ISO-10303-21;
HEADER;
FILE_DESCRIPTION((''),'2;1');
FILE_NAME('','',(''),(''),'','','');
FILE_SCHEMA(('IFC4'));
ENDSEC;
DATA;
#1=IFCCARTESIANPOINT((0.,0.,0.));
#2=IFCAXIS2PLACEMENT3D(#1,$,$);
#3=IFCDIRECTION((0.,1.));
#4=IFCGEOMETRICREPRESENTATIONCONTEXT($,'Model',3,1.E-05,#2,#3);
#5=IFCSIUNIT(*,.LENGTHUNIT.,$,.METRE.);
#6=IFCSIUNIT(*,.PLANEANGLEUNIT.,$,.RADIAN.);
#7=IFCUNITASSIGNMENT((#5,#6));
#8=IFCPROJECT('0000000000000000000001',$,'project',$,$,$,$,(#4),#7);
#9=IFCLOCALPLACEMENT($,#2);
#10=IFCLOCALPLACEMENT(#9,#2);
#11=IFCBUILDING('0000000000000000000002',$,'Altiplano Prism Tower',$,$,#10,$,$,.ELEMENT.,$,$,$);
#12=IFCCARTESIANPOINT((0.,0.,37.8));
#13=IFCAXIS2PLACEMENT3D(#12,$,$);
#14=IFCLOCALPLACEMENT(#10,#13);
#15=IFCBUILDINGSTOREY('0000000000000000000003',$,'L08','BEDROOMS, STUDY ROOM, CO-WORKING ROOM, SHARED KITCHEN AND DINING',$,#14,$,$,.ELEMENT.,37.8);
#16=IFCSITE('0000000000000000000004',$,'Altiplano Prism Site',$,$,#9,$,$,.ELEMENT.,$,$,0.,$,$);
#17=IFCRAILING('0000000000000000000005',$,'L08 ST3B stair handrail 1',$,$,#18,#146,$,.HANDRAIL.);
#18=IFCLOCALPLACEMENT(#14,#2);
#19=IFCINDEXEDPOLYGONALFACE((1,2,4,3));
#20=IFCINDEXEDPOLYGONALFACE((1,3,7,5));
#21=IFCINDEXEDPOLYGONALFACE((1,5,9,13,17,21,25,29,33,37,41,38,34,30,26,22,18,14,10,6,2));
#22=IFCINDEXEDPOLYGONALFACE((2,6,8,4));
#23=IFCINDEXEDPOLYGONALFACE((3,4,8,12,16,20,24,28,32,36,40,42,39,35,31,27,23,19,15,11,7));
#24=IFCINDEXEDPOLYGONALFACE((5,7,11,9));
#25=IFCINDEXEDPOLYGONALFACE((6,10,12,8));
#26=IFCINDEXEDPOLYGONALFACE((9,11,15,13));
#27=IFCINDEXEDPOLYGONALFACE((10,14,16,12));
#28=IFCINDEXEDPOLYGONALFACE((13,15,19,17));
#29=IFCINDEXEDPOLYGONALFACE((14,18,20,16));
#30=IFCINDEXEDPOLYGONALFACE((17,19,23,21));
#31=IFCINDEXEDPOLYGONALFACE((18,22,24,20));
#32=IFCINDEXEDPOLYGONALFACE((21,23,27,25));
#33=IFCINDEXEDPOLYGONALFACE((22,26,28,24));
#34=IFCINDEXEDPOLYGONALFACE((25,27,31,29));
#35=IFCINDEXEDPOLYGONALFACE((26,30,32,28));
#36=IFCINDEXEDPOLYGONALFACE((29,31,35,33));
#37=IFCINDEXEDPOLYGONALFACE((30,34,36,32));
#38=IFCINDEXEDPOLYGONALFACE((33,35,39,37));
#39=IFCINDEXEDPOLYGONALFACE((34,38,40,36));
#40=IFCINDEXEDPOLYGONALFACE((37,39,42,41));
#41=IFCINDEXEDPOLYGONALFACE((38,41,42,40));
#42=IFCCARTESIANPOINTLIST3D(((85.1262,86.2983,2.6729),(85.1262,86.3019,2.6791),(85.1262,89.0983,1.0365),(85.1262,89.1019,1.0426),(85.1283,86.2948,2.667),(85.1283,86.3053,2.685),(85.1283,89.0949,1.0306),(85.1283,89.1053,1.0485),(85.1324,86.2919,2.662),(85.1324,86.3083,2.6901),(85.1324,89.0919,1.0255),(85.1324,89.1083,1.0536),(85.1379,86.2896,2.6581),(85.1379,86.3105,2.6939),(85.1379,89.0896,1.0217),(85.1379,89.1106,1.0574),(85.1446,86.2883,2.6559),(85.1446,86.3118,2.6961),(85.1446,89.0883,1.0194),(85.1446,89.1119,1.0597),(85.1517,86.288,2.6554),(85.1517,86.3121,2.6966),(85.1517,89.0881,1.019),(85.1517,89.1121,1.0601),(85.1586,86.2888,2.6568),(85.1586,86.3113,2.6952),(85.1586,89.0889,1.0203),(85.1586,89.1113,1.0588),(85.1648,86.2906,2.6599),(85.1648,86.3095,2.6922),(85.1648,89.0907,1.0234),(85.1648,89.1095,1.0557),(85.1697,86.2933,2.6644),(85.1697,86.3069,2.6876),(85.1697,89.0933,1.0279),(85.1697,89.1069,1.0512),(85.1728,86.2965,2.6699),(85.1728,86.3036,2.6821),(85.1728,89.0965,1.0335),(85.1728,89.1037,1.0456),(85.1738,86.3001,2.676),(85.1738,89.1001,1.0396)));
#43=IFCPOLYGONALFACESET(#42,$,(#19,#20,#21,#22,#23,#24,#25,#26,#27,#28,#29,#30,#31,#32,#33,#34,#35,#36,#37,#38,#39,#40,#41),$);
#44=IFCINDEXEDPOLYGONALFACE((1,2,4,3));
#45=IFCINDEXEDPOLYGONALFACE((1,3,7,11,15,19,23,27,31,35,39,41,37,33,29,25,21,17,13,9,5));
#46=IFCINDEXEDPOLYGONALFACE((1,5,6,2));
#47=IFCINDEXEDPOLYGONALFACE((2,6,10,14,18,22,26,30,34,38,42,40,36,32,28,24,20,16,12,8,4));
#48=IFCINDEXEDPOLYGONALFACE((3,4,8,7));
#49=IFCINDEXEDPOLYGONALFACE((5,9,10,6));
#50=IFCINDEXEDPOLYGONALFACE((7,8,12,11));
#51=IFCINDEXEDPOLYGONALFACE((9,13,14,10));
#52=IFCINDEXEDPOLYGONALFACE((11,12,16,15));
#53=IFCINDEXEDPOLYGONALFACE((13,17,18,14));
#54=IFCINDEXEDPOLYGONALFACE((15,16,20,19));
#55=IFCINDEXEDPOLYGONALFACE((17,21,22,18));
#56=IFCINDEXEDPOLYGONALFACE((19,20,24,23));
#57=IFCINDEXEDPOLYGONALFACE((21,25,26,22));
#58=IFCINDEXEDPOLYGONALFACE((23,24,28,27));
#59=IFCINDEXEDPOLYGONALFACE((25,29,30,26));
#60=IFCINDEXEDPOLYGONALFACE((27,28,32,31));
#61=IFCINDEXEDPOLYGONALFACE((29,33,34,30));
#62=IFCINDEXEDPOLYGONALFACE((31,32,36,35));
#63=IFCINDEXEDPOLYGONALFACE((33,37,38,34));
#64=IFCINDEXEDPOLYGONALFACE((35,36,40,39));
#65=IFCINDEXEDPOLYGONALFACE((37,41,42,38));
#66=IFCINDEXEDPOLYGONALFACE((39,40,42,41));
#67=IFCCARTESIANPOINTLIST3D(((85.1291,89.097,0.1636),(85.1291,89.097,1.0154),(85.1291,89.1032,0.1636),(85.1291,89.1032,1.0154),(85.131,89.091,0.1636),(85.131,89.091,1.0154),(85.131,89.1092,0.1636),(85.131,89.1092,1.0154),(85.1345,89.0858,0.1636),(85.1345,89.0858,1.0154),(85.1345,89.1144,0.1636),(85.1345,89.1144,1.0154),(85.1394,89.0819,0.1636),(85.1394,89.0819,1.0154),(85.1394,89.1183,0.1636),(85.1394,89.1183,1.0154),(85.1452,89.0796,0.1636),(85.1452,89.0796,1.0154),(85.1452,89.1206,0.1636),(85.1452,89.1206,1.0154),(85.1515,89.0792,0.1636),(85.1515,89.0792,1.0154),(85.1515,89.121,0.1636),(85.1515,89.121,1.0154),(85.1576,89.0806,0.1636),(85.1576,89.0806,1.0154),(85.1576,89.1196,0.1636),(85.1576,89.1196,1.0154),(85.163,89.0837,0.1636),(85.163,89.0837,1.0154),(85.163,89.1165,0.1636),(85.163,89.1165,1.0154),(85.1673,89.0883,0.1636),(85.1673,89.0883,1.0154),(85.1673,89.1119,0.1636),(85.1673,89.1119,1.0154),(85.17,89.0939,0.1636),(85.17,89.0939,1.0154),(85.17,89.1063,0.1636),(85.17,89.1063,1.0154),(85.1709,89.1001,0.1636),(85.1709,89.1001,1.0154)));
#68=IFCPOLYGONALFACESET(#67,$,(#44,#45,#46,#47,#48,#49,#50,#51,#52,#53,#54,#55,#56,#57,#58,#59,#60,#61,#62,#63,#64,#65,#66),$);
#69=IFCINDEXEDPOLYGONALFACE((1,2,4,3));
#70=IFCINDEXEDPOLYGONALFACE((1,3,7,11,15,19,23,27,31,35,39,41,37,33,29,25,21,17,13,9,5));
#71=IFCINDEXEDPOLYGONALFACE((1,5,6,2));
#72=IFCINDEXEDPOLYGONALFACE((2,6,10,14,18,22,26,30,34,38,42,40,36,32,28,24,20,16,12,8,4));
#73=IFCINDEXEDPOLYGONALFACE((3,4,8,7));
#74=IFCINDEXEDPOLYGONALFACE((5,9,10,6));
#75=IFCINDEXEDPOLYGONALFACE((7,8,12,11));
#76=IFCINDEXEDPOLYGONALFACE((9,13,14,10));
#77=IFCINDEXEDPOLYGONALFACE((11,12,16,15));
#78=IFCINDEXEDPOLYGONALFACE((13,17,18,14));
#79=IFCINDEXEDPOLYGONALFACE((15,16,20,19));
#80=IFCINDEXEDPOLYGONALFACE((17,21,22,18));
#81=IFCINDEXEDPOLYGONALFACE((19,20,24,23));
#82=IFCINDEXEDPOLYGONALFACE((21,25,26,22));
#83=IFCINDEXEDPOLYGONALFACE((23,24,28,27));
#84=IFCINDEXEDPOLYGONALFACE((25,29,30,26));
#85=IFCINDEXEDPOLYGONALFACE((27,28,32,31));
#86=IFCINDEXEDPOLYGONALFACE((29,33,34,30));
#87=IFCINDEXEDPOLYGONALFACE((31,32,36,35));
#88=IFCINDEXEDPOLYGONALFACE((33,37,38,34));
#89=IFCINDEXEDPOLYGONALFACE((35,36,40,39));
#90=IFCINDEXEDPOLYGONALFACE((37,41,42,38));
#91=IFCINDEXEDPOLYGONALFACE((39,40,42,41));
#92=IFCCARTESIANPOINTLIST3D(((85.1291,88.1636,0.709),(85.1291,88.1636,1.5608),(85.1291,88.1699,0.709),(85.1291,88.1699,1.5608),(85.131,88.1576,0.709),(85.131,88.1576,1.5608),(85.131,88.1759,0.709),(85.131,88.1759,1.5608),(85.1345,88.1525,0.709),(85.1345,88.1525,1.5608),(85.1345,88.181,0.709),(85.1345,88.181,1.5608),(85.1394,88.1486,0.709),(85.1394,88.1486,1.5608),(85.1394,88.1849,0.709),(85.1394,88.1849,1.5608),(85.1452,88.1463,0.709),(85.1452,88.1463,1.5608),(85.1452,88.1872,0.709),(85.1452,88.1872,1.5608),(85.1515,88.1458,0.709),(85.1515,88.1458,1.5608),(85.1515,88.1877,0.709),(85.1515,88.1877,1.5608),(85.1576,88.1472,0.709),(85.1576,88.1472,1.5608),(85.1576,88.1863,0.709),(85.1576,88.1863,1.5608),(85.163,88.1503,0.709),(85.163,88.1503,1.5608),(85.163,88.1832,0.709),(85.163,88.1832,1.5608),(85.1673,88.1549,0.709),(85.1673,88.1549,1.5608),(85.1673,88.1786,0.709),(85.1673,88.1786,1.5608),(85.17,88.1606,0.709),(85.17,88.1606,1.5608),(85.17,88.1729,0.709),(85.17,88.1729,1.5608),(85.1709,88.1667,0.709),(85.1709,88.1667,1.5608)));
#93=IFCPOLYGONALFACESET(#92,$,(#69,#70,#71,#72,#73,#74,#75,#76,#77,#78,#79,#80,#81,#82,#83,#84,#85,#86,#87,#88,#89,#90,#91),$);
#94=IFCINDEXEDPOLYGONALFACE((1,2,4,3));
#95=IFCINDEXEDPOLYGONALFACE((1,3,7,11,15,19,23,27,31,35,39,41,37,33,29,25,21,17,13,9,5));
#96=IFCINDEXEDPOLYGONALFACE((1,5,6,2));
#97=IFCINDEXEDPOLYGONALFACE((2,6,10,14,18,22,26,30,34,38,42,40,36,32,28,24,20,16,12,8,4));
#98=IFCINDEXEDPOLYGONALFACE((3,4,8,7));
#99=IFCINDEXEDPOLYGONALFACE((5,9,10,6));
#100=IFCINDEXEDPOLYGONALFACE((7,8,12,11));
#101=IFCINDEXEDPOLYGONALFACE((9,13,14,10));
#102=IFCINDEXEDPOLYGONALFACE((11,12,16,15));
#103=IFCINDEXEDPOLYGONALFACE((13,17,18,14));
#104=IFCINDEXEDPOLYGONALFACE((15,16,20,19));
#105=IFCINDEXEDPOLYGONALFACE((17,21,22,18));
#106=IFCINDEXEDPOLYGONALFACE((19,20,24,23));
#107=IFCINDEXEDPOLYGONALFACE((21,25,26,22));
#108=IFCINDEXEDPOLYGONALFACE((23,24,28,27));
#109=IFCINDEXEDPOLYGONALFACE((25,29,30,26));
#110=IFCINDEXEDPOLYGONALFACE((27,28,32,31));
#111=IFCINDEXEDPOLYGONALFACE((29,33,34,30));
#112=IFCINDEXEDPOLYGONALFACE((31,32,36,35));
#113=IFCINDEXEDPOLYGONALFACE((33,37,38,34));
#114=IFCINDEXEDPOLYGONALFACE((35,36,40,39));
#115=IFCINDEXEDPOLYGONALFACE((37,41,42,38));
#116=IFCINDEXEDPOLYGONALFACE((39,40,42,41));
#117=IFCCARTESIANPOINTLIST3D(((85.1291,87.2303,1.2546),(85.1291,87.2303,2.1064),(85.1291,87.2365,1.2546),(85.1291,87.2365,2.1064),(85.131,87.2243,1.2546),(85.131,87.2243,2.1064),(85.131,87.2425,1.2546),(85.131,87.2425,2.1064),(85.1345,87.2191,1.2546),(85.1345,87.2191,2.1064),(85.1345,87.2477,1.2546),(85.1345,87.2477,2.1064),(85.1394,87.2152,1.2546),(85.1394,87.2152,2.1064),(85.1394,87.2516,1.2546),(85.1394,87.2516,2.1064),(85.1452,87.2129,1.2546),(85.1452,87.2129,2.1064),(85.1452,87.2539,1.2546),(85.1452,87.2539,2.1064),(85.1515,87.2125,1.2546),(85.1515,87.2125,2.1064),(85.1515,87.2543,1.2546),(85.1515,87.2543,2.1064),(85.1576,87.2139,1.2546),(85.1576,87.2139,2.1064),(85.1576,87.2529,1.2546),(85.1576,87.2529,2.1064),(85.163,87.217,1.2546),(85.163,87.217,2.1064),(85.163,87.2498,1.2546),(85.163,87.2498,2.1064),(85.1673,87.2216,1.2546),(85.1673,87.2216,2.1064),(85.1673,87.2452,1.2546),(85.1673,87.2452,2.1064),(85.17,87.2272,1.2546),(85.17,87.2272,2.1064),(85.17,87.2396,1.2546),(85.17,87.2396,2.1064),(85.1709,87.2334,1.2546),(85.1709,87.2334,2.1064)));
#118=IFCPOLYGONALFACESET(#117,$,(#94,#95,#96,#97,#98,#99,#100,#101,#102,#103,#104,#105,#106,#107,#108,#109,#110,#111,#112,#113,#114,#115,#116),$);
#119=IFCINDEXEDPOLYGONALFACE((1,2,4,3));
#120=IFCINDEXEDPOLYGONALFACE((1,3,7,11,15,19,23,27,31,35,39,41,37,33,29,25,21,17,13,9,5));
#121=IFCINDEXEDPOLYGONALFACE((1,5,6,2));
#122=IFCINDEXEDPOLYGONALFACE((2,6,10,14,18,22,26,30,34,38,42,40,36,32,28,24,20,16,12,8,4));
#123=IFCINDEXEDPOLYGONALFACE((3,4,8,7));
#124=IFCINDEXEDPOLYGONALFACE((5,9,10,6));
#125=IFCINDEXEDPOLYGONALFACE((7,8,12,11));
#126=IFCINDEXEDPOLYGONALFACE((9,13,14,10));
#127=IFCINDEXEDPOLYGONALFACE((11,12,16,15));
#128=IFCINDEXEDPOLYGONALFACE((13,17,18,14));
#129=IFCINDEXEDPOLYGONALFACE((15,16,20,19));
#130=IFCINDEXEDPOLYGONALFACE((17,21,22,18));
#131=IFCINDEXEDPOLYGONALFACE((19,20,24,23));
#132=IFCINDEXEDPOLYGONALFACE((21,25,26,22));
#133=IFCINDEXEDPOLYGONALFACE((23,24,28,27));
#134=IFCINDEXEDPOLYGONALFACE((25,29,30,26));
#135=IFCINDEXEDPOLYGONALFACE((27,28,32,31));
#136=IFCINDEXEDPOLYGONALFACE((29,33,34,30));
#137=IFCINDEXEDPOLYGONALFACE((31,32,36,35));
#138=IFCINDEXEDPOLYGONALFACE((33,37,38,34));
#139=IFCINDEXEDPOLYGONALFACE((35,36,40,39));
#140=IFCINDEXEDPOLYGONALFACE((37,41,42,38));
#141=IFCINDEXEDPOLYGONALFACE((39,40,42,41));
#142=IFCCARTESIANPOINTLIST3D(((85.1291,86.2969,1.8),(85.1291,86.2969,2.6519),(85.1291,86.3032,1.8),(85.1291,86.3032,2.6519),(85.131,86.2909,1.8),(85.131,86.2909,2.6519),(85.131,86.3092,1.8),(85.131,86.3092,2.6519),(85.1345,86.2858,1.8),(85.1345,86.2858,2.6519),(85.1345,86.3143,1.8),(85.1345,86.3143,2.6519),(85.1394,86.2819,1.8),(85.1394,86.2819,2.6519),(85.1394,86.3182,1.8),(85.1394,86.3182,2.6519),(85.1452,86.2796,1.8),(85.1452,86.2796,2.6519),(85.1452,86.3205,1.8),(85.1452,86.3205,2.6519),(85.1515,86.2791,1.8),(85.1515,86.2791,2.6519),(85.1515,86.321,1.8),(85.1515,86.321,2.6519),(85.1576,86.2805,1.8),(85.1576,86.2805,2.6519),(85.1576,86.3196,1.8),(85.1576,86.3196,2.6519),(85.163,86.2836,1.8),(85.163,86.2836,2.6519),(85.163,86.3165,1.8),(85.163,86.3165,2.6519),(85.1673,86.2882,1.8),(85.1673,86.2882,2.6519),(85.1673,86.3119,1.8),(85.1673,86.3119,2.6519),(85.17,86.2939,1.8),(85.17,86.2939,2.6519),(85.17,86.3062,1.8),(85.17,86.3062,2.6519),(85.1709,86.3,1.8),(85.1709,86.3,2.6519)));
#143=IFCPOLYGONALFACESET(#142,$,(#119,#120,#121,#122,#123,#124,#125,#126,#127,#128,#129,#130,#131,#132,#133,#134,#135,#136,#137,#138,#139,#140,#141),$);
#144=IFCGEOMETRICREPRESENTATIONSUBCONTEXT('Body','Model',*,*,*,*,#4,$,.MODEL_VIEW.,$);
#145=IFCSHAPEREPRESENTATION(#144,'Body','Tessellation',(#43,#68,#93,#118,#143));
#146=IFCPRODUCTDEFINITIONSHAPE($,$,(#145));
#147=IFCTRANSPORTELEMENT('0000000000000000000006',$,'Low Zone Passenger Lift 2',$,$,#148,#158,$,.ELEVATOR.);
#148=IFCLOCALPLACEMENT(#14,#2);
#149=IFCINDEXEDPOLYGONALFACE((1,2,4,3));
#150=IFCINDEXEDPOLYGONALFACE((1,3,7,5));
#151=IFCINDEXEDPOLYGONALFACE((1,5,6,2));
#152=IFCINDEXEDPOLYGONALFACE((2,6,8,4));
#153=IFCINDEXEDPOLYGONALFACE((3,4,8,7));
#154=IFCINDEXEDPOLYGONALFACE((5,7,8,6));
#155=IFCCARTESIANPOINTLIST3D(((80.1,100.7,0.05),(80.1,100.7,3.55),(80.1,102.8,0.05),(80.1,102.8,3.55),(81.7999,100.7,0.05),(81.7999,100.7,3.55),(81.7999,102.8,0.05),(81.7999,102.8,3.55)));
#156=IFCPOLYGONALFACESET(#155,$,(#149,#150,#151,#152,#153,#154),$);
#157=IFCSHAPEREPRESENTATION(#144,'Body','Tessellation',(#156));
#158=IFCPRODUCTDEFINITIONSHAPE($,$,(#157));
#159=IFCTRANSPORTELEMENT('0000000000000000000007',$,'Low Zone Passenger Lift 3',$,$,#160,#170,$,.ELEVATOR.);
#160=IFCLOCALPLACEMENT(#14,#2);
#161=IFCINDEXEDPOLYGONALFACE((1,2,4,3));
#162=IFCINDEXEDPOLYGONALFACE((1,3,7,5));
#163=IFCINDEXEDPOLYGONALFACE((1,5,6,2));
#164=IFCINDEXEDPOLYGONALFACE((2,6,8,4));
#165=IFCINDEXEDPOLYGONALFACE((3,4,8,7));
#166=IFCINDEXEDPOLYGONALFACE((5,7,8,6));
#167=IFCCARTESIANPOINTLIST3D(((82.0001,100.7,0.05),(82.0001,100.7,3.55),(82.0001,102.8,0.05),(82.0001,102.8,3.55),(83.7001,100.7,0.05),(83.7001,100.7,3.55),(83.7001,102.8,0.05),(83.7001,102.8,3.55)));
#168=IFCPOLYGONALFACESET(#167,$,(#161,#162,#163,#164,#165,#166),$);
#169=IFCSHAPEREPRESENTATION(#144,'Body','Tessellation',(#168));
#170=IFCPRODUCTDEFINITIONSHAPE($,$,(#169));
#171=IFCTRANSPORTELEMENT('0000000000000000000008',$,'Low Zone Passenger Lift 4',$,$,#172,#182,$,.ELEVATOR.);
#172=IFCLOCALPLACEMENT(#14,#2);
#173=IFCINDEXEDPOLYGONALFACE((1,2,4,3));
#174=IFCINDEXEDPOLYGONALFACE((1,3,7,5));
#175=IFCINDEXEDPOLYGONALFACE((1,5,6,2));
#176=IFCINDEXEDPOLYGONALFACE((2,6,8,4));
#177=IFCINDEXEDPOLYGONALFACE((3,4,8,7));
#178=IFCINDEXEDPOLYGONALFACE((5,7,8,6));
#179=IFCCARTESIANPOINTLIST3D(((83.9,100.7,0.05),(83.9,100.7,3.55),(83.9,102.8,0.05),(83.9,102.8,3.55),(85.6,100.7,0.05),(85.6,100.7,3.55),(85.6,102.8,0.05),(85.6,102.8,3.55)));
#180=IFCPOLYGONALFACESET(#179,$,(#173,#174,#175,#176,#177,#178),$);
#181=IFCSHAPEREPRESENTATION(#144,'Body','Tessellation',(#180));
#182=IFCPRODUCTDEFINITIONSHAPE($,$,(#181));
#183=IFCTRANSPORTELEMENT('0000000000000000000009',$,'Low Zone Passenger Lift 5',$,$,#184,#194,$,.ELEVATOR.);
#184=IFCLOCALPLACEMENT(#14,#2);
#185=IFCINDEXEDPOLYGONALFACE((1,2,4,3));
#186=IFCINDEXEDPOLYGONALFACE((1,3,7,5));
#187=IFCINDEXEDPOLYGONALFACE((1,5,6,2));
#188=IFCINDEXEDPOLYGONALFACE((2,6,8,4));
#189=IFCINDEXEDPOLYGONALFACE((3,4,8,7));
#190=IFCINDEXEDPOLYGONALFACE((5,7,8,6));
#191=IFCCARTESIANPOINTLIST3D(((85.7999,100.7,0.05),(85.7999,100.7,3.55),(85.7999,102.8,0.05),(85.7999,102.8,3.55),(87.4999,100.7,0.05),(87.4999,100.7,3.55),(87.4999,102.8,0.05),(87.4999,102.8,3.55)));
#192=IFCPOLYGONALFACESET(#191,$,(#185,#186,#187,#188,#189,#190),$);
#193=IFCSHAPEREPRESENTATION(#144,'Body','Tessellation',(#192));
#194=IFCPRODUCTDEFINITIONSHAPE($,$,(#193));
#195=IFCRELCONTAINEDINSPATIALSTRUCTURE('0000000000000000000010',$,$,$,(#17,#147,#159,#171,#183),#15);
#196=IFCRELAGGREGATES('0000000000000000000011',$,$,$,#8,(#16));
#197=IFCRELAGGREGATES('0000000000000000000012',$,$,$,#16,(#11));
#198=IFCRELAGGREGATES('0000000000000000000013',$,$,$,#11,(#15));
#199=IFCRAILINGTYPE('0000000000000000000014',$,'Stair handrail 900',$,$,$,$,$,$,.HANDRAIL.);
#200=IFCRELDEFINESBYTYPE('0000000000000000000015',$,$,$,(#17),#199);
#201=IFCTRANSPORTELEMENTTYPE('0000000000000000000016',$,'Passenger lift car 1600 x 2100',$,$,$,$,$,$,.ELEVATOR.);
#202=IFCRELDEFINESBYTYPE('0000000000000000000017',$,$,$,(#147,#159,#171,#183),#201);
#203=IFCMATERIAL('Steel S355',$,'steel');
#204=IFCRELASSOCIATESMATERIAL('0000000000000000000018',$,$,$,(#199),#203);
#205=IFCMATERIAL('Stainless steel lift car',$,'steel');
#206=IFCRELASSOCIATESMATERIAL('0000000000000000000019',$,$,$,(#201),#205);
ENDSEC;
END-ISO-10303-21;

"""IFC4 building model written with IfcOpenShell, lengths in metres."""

from ifc_helpers import new_model, si_unit, direction, frame, origin, origin_2d, place, context, subcontext, project, spatial, rectangle, circle, extrude, material, type_object, element, save


model = new_model("IFC4")

# Units and contexts
model_context = context("Model", 3, precision=1e-05, world=origin(), true_north=direction((0.0, 1.0)))
body_context = subcontext(model_context, "Body", "Model", "MODEL_VIEW")
ifc_project = project(units=[si_unit("LENGTHUNIT", "METRE"), si_unit("PLANEANGLEUNIT", "RADIAN")], contexts=[model_context])

# Site, building, storey
site_placement = place(None, origin())
site = spatial("IfcSite", under=ifc_project, at=site_placement, Name="Altiplano Prism Site", CompositionType="ELEMENT", RefElevation=0.0)
building_placement = place(site_placement, origin())
building = spatial("IfcBuilding", under=site, at=building_placement, Name="Altiplano Prism Tower", CompositionType="ELEMENT")
storey_placement = place(building_placement, frame((0.0, 0.0, 37.8)))
storey = spatial("IfcBuildingStorey", under=building, at=storey_placement, Name="L08", Description="BEDROOMS, STUDY ROOM, CO-WORKING ROOM, SHARED KITCHEN AND DINING", CompositionType="ELEMENT", Elevation=37.8)

# Railing
ifc_material_1 = material(Name="Steel S355", Category="steel")
railing_type_1 = type_object("IfcRailingType", Name="Stair handrail 900", PredefinedType="HANDRAIL", material=ifc_material_1)
railing_1_placement = place(storey_placement, frame((85.1499, 89.1001, 0.1636)))
element("IfcRailing", 1, at=railing_1_placement, inside=storey, type_object=railing_type_1, Name="L08 ST3B stair handrail 1", PredefinedType="HANDRAIL", context=body_context, shape_type="SweptSolid", body=[
    extrude(circle(Radius=0.0239, at=origin_2d()), frame((0.0, 0.0, 0.876), z_axis=(0.0, -0.863361, 0.504587), x_axis=(1.0, 0.0, 0.0)), (0.0, 0.0, 1.0), 3.2432),
    extrude(circle(Radius=0.021, at=origin_2d()), origin(), (0.0, 0.0, 1.0), 0.8518),
    extrude(circle(Radius=0.021, at=origin_2d()), frame((0.0, -0.9333, 0.5454)), (0.0, 0.0, 1.0), 0.8518),
    extrude(circle(Radius=0.021, at=origin_2d()), frame((0.0, -1.8667, 1.0911)), (0.0, 0.0, 1.0), 0.8518),
    extrude(circle(Radius=0.021, at=origin_2d()), frame((0.0, -2.8, 1.6365)), (0.0, 0.0, 1.0), 0.8518),
])

# Transport elements
ifc_material_2 = material(Name="Stainless steel lift car", Category="steel")
transport_element_type = type_object("IfcTransportElementType", Name="Passenger lift car 1600 x 2100", PredefinedType="ELEVATOR", material=ifc_material_2)
for number, where, z_axis, x_axis, name in (
    (2, (80.95, 101.75, 0.05), (0.0, 0.0, 1.0), (1.0, 0.0, 0.0), "Low Zone Passenger Lift 2"),
    (3, (82.8501, 101.75, 0.05), (0.0, 0.0, 1.0), (1.0, 0.0, 0.0), "Low Zone Passenger Lift 3"),
    (4, (84.75, 101.75, 0.05), (0.0, 0.0, 1.0), (1.0, 0.0, 0.0), "Low Zone Passenger Lift 4"),
    (5, (86.6499, 101.75, 0.05), (0.0, 0.0, 1.0), (1.0, 0.0, 0.0), "Low Zone Passenger Lift 5"),
):
    element("IfcTransportElement", number, at=place(storey_placement, frame(where, z_axis=z_axis, x_axis=x_axis)), inside=storey, type_object=transport_element_type, Name=name, PredefinedType="ELEVATOR", context=body_context, shape_type="SweptSolid", body=[
        extrude(rectangle(XDim=1.7, YDim=2.1001, at=origin_2d()), origin(), (0.0, 0.0, 1.0), 3.5),
    ])

save(model, "model.ifc")
